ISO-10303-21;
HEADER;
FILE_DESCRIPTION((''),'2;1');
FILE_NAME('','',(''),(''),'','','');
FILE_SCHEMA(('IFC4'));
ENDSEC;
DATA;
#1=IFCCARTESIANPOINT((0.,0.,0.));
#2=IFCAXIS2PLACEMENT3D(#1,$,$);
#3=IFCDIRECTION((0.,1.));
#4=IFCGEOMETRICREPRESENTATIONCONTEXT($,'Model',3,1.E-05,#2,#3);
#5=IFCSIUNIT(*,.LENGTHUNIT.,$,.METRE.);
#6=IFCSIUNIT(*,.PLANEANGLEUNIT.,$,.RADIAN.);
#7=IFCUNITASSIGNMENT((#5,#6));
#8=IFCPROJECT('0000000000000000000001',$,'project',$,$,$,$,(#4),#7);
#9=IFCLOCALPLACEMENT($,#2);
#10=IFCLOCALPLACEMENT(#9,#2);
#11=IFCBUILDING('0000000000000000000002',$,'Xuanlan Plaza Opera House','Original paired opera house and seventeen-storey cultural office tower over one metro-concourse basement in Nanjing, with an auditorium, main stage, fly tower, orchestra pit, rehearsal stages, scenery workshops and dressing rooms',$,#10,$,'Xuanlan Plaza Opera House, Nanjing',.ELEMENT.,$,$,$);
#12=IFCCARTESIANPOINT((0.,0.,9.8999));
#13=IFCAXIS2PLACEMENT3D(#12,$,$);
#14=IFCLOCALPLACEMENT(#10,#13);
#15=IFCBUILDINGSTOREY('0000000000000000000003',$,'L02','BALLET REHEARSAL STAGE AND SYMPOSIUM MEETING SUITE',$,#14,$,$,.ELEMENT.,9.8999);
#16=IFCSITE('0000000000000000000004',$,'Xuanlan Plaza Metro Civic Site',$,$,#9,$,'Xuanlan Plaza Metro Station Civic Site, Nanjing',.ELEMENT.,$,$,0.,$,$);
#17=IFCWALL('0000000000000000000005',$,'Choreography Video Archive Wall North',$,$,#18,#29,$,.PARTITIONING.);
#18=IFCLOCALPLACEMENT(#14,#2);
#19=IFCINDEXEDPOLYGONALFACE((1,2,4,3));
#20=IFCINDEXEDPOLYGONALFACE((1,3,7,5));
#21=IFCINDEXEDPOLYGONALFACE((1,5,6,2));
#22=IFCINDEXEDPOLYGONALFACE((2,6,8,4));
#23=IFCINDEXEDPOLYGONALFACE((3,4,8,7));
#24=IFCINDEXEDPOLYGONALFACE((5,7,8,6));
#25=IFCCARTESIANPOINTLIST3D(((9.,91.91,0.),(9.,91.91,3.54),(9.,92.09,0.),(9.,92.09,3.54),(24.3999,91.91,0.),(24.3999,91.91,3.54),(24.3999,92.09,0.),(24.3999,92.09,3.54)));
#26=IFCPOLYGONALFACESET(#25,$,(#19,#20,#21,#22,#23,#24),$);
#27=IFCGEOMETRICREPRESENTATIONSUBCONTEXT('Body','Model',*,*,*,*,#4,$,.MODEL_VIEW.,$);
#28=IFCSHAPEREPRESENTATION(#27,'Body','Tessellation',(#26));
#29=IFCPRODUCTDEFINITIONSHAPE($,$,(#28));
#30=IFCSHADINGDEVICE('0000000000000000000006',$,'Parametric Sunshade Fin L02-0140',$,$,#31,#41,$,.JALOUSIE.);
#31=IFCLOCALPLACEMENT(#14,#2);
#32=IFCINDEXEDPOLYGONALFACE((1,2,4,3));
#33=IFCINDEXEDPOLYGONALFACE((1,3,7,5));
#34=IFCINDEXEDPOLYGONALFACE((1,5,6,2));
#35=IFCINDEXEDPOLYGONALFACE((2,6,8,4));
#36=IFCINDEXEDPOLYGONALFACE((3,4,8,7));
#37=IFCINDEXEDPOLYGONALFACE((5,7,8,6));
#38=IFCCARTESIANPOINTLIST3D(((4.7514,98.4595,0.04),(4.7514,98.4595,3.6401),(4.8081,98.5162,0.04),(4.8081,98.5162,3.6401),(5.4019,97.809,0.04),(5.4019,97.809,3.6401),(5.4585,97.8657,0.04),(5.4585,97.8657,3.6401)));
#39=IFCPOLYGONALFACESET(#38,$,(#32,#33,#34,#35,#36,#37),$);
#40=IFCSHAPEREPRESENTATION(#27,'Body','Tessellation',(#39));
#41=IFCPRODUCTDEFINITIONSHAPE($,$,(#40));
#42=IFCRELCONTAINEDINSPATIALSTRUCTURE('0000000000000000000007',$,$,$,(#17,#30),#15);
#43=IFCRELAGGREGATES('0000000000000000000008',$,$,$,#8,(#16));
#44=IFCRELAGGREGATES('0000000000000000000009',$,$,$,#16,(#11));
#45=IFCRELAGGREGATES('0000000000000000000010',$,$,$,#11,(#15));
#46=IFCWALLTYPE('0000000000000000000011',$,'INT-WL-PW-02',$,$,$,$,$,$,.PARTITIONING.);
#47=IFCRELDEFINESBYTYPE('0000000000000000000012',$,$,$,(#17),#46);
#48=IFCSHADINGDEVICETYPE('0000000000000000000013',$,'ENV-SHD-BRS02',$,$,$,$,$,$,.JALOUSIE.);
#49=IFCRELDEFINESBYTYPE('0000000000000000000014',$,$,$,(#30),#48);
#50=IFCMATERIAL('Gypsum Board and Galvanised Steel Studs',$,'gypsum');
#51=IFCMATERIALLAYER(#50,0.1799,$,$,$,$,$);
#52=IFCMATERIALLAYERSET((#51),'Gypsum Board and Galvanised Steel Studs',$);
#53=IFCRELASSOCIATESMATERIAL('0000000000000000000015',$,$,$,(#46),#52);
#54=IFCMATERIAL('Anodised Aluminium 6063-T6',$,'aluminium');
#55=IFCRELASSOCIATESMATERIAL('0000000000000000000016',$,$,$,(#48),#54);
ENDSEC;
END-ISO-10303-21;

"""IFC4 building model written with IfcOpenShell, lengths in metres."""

from ifc_helpers import new_model, si_unit, direction, frame, frame_2d, origin, origin_2d, place, context, subcontext, project, spatial, rectangle, extrude, material, layer, layer_set, type_object, element, save


model = new_model("IFC4")

# Units and contexts
model_context = context("Model", 3, precision=1e-05, world=origin(), true_north=direction((0.0, 1.0)))
body_context = subcontext(model_context, "Body", "Model", "MODEL_VIEW")
ifc_project = project(units=[si_unit("LENGTHUNIT", "METRE"), si_unit("PLANEANGLEUNIT", "RADIAN")], contexts=[model_context])

# Site, building, storey
site_placement = place(None, origin())
site = spatial("IfcSite", under=ifc_project, at=site_placement, Name="Xuanlan Plaza Metro Civic Site", LongName="Xuanlan Plaza Metro Station Civic Site, Nanjing", CompositionType="ELEMENT", RefElevation=0.0)
building_placement = place(site_placement, origin())
building = spatial("IfcBuilding", under=site, at=building_placement, Name="Xuanlan Plaza Opera House", Description="Original paired opera house and seventeen-storey cultural office tower over one metro-concourse basement in Nanjing, with an auditorium, main stage, fly tower, orchestra pit, rehearsal stages, scenery workshops and dressing rooms", LongName="Xuanlan Plaza Opera House, Nanjing", CompositionType="ELEMENT")
storey_placement = place(building_placement, frame((0.0, 0.0, 9.8999)))
storey = spatial("IfcBuildingStorey", under=building, at=storey_placement, Name="L02", Description="BALLET REHEARSAL STAGE AND SYMPOSIUM MEETING SUITE", CompositionType="ELEMENT", Elevation=9.8999)

# Shared definitions
ifc_material_1 = material(Name="Anodised Aluminium 6063-T6", Category="aluminium")

# Wall
ifc_material_2 = material(Name="Gypsum Board and Galvanised Steel Studs", Category="gypsum")
ifc_layer_1 = layer(ifc_material_2, 0.1799)
ifc_layer_set_1 = layer_set([ifc_layer_1], Name="Gypsum Board and Galvanised Steel Studs")
wall_type_1 = type_object("IfcWallType", Name="INT-WL-PW-02", PredefinedType="PARTITIONING", material=ifc_layer_set_1)
wall_1_placement = place(storey_placement, frame((9.0, 92.0, 0.0), z_axis=(0.0, 0.0, 1.0), x_axis=(1.0, 0.0, 0.0)))
element("IfcWall", 1, at=wall_1_placement, inside=storey, type_object=wall_type_1, Name="Choreography Video Archive Wall North", PredefinedType="PARTITIONING", context=body_context, shape_type="SweptSolid", body=[
    extrude(rectangle(XDim=15.3999, YDim=0.1799, at=frame_2d((7.7, 0.0))), origin(), (0.0, 0.0, 1.0), 3.54),
])

# Shading device
shading_device_type = type_object("IfcShadingDeviceType", Name="ENV-SHD-BRS02", PredefinedType="JALOUSIE", material=ifc_material_1)
shading_device_placement = place(storey_placement, frame((5.105, 98.1626, 0.04), z_axis=(0.0, 0.0, 1.0), x_axis=(-0.707107, 0.707107, 0.0)))
element("IfcShadingDevice", 2, at=shading_device_placement, inside=storey, type_object=shading_device_type, Name="Parametric Sunshade Fin L02-0140", PredefinedType="JALOUSIE", context=body_context, shape_type="SweptSolid", body=[
    extrude(rectangle(XDim=0.9199, YDim=0.0801, at=origin_2d()), origin(), (0.0, 0.0, 1.0), 3.6001),
])

save(model, "model.ifc")
